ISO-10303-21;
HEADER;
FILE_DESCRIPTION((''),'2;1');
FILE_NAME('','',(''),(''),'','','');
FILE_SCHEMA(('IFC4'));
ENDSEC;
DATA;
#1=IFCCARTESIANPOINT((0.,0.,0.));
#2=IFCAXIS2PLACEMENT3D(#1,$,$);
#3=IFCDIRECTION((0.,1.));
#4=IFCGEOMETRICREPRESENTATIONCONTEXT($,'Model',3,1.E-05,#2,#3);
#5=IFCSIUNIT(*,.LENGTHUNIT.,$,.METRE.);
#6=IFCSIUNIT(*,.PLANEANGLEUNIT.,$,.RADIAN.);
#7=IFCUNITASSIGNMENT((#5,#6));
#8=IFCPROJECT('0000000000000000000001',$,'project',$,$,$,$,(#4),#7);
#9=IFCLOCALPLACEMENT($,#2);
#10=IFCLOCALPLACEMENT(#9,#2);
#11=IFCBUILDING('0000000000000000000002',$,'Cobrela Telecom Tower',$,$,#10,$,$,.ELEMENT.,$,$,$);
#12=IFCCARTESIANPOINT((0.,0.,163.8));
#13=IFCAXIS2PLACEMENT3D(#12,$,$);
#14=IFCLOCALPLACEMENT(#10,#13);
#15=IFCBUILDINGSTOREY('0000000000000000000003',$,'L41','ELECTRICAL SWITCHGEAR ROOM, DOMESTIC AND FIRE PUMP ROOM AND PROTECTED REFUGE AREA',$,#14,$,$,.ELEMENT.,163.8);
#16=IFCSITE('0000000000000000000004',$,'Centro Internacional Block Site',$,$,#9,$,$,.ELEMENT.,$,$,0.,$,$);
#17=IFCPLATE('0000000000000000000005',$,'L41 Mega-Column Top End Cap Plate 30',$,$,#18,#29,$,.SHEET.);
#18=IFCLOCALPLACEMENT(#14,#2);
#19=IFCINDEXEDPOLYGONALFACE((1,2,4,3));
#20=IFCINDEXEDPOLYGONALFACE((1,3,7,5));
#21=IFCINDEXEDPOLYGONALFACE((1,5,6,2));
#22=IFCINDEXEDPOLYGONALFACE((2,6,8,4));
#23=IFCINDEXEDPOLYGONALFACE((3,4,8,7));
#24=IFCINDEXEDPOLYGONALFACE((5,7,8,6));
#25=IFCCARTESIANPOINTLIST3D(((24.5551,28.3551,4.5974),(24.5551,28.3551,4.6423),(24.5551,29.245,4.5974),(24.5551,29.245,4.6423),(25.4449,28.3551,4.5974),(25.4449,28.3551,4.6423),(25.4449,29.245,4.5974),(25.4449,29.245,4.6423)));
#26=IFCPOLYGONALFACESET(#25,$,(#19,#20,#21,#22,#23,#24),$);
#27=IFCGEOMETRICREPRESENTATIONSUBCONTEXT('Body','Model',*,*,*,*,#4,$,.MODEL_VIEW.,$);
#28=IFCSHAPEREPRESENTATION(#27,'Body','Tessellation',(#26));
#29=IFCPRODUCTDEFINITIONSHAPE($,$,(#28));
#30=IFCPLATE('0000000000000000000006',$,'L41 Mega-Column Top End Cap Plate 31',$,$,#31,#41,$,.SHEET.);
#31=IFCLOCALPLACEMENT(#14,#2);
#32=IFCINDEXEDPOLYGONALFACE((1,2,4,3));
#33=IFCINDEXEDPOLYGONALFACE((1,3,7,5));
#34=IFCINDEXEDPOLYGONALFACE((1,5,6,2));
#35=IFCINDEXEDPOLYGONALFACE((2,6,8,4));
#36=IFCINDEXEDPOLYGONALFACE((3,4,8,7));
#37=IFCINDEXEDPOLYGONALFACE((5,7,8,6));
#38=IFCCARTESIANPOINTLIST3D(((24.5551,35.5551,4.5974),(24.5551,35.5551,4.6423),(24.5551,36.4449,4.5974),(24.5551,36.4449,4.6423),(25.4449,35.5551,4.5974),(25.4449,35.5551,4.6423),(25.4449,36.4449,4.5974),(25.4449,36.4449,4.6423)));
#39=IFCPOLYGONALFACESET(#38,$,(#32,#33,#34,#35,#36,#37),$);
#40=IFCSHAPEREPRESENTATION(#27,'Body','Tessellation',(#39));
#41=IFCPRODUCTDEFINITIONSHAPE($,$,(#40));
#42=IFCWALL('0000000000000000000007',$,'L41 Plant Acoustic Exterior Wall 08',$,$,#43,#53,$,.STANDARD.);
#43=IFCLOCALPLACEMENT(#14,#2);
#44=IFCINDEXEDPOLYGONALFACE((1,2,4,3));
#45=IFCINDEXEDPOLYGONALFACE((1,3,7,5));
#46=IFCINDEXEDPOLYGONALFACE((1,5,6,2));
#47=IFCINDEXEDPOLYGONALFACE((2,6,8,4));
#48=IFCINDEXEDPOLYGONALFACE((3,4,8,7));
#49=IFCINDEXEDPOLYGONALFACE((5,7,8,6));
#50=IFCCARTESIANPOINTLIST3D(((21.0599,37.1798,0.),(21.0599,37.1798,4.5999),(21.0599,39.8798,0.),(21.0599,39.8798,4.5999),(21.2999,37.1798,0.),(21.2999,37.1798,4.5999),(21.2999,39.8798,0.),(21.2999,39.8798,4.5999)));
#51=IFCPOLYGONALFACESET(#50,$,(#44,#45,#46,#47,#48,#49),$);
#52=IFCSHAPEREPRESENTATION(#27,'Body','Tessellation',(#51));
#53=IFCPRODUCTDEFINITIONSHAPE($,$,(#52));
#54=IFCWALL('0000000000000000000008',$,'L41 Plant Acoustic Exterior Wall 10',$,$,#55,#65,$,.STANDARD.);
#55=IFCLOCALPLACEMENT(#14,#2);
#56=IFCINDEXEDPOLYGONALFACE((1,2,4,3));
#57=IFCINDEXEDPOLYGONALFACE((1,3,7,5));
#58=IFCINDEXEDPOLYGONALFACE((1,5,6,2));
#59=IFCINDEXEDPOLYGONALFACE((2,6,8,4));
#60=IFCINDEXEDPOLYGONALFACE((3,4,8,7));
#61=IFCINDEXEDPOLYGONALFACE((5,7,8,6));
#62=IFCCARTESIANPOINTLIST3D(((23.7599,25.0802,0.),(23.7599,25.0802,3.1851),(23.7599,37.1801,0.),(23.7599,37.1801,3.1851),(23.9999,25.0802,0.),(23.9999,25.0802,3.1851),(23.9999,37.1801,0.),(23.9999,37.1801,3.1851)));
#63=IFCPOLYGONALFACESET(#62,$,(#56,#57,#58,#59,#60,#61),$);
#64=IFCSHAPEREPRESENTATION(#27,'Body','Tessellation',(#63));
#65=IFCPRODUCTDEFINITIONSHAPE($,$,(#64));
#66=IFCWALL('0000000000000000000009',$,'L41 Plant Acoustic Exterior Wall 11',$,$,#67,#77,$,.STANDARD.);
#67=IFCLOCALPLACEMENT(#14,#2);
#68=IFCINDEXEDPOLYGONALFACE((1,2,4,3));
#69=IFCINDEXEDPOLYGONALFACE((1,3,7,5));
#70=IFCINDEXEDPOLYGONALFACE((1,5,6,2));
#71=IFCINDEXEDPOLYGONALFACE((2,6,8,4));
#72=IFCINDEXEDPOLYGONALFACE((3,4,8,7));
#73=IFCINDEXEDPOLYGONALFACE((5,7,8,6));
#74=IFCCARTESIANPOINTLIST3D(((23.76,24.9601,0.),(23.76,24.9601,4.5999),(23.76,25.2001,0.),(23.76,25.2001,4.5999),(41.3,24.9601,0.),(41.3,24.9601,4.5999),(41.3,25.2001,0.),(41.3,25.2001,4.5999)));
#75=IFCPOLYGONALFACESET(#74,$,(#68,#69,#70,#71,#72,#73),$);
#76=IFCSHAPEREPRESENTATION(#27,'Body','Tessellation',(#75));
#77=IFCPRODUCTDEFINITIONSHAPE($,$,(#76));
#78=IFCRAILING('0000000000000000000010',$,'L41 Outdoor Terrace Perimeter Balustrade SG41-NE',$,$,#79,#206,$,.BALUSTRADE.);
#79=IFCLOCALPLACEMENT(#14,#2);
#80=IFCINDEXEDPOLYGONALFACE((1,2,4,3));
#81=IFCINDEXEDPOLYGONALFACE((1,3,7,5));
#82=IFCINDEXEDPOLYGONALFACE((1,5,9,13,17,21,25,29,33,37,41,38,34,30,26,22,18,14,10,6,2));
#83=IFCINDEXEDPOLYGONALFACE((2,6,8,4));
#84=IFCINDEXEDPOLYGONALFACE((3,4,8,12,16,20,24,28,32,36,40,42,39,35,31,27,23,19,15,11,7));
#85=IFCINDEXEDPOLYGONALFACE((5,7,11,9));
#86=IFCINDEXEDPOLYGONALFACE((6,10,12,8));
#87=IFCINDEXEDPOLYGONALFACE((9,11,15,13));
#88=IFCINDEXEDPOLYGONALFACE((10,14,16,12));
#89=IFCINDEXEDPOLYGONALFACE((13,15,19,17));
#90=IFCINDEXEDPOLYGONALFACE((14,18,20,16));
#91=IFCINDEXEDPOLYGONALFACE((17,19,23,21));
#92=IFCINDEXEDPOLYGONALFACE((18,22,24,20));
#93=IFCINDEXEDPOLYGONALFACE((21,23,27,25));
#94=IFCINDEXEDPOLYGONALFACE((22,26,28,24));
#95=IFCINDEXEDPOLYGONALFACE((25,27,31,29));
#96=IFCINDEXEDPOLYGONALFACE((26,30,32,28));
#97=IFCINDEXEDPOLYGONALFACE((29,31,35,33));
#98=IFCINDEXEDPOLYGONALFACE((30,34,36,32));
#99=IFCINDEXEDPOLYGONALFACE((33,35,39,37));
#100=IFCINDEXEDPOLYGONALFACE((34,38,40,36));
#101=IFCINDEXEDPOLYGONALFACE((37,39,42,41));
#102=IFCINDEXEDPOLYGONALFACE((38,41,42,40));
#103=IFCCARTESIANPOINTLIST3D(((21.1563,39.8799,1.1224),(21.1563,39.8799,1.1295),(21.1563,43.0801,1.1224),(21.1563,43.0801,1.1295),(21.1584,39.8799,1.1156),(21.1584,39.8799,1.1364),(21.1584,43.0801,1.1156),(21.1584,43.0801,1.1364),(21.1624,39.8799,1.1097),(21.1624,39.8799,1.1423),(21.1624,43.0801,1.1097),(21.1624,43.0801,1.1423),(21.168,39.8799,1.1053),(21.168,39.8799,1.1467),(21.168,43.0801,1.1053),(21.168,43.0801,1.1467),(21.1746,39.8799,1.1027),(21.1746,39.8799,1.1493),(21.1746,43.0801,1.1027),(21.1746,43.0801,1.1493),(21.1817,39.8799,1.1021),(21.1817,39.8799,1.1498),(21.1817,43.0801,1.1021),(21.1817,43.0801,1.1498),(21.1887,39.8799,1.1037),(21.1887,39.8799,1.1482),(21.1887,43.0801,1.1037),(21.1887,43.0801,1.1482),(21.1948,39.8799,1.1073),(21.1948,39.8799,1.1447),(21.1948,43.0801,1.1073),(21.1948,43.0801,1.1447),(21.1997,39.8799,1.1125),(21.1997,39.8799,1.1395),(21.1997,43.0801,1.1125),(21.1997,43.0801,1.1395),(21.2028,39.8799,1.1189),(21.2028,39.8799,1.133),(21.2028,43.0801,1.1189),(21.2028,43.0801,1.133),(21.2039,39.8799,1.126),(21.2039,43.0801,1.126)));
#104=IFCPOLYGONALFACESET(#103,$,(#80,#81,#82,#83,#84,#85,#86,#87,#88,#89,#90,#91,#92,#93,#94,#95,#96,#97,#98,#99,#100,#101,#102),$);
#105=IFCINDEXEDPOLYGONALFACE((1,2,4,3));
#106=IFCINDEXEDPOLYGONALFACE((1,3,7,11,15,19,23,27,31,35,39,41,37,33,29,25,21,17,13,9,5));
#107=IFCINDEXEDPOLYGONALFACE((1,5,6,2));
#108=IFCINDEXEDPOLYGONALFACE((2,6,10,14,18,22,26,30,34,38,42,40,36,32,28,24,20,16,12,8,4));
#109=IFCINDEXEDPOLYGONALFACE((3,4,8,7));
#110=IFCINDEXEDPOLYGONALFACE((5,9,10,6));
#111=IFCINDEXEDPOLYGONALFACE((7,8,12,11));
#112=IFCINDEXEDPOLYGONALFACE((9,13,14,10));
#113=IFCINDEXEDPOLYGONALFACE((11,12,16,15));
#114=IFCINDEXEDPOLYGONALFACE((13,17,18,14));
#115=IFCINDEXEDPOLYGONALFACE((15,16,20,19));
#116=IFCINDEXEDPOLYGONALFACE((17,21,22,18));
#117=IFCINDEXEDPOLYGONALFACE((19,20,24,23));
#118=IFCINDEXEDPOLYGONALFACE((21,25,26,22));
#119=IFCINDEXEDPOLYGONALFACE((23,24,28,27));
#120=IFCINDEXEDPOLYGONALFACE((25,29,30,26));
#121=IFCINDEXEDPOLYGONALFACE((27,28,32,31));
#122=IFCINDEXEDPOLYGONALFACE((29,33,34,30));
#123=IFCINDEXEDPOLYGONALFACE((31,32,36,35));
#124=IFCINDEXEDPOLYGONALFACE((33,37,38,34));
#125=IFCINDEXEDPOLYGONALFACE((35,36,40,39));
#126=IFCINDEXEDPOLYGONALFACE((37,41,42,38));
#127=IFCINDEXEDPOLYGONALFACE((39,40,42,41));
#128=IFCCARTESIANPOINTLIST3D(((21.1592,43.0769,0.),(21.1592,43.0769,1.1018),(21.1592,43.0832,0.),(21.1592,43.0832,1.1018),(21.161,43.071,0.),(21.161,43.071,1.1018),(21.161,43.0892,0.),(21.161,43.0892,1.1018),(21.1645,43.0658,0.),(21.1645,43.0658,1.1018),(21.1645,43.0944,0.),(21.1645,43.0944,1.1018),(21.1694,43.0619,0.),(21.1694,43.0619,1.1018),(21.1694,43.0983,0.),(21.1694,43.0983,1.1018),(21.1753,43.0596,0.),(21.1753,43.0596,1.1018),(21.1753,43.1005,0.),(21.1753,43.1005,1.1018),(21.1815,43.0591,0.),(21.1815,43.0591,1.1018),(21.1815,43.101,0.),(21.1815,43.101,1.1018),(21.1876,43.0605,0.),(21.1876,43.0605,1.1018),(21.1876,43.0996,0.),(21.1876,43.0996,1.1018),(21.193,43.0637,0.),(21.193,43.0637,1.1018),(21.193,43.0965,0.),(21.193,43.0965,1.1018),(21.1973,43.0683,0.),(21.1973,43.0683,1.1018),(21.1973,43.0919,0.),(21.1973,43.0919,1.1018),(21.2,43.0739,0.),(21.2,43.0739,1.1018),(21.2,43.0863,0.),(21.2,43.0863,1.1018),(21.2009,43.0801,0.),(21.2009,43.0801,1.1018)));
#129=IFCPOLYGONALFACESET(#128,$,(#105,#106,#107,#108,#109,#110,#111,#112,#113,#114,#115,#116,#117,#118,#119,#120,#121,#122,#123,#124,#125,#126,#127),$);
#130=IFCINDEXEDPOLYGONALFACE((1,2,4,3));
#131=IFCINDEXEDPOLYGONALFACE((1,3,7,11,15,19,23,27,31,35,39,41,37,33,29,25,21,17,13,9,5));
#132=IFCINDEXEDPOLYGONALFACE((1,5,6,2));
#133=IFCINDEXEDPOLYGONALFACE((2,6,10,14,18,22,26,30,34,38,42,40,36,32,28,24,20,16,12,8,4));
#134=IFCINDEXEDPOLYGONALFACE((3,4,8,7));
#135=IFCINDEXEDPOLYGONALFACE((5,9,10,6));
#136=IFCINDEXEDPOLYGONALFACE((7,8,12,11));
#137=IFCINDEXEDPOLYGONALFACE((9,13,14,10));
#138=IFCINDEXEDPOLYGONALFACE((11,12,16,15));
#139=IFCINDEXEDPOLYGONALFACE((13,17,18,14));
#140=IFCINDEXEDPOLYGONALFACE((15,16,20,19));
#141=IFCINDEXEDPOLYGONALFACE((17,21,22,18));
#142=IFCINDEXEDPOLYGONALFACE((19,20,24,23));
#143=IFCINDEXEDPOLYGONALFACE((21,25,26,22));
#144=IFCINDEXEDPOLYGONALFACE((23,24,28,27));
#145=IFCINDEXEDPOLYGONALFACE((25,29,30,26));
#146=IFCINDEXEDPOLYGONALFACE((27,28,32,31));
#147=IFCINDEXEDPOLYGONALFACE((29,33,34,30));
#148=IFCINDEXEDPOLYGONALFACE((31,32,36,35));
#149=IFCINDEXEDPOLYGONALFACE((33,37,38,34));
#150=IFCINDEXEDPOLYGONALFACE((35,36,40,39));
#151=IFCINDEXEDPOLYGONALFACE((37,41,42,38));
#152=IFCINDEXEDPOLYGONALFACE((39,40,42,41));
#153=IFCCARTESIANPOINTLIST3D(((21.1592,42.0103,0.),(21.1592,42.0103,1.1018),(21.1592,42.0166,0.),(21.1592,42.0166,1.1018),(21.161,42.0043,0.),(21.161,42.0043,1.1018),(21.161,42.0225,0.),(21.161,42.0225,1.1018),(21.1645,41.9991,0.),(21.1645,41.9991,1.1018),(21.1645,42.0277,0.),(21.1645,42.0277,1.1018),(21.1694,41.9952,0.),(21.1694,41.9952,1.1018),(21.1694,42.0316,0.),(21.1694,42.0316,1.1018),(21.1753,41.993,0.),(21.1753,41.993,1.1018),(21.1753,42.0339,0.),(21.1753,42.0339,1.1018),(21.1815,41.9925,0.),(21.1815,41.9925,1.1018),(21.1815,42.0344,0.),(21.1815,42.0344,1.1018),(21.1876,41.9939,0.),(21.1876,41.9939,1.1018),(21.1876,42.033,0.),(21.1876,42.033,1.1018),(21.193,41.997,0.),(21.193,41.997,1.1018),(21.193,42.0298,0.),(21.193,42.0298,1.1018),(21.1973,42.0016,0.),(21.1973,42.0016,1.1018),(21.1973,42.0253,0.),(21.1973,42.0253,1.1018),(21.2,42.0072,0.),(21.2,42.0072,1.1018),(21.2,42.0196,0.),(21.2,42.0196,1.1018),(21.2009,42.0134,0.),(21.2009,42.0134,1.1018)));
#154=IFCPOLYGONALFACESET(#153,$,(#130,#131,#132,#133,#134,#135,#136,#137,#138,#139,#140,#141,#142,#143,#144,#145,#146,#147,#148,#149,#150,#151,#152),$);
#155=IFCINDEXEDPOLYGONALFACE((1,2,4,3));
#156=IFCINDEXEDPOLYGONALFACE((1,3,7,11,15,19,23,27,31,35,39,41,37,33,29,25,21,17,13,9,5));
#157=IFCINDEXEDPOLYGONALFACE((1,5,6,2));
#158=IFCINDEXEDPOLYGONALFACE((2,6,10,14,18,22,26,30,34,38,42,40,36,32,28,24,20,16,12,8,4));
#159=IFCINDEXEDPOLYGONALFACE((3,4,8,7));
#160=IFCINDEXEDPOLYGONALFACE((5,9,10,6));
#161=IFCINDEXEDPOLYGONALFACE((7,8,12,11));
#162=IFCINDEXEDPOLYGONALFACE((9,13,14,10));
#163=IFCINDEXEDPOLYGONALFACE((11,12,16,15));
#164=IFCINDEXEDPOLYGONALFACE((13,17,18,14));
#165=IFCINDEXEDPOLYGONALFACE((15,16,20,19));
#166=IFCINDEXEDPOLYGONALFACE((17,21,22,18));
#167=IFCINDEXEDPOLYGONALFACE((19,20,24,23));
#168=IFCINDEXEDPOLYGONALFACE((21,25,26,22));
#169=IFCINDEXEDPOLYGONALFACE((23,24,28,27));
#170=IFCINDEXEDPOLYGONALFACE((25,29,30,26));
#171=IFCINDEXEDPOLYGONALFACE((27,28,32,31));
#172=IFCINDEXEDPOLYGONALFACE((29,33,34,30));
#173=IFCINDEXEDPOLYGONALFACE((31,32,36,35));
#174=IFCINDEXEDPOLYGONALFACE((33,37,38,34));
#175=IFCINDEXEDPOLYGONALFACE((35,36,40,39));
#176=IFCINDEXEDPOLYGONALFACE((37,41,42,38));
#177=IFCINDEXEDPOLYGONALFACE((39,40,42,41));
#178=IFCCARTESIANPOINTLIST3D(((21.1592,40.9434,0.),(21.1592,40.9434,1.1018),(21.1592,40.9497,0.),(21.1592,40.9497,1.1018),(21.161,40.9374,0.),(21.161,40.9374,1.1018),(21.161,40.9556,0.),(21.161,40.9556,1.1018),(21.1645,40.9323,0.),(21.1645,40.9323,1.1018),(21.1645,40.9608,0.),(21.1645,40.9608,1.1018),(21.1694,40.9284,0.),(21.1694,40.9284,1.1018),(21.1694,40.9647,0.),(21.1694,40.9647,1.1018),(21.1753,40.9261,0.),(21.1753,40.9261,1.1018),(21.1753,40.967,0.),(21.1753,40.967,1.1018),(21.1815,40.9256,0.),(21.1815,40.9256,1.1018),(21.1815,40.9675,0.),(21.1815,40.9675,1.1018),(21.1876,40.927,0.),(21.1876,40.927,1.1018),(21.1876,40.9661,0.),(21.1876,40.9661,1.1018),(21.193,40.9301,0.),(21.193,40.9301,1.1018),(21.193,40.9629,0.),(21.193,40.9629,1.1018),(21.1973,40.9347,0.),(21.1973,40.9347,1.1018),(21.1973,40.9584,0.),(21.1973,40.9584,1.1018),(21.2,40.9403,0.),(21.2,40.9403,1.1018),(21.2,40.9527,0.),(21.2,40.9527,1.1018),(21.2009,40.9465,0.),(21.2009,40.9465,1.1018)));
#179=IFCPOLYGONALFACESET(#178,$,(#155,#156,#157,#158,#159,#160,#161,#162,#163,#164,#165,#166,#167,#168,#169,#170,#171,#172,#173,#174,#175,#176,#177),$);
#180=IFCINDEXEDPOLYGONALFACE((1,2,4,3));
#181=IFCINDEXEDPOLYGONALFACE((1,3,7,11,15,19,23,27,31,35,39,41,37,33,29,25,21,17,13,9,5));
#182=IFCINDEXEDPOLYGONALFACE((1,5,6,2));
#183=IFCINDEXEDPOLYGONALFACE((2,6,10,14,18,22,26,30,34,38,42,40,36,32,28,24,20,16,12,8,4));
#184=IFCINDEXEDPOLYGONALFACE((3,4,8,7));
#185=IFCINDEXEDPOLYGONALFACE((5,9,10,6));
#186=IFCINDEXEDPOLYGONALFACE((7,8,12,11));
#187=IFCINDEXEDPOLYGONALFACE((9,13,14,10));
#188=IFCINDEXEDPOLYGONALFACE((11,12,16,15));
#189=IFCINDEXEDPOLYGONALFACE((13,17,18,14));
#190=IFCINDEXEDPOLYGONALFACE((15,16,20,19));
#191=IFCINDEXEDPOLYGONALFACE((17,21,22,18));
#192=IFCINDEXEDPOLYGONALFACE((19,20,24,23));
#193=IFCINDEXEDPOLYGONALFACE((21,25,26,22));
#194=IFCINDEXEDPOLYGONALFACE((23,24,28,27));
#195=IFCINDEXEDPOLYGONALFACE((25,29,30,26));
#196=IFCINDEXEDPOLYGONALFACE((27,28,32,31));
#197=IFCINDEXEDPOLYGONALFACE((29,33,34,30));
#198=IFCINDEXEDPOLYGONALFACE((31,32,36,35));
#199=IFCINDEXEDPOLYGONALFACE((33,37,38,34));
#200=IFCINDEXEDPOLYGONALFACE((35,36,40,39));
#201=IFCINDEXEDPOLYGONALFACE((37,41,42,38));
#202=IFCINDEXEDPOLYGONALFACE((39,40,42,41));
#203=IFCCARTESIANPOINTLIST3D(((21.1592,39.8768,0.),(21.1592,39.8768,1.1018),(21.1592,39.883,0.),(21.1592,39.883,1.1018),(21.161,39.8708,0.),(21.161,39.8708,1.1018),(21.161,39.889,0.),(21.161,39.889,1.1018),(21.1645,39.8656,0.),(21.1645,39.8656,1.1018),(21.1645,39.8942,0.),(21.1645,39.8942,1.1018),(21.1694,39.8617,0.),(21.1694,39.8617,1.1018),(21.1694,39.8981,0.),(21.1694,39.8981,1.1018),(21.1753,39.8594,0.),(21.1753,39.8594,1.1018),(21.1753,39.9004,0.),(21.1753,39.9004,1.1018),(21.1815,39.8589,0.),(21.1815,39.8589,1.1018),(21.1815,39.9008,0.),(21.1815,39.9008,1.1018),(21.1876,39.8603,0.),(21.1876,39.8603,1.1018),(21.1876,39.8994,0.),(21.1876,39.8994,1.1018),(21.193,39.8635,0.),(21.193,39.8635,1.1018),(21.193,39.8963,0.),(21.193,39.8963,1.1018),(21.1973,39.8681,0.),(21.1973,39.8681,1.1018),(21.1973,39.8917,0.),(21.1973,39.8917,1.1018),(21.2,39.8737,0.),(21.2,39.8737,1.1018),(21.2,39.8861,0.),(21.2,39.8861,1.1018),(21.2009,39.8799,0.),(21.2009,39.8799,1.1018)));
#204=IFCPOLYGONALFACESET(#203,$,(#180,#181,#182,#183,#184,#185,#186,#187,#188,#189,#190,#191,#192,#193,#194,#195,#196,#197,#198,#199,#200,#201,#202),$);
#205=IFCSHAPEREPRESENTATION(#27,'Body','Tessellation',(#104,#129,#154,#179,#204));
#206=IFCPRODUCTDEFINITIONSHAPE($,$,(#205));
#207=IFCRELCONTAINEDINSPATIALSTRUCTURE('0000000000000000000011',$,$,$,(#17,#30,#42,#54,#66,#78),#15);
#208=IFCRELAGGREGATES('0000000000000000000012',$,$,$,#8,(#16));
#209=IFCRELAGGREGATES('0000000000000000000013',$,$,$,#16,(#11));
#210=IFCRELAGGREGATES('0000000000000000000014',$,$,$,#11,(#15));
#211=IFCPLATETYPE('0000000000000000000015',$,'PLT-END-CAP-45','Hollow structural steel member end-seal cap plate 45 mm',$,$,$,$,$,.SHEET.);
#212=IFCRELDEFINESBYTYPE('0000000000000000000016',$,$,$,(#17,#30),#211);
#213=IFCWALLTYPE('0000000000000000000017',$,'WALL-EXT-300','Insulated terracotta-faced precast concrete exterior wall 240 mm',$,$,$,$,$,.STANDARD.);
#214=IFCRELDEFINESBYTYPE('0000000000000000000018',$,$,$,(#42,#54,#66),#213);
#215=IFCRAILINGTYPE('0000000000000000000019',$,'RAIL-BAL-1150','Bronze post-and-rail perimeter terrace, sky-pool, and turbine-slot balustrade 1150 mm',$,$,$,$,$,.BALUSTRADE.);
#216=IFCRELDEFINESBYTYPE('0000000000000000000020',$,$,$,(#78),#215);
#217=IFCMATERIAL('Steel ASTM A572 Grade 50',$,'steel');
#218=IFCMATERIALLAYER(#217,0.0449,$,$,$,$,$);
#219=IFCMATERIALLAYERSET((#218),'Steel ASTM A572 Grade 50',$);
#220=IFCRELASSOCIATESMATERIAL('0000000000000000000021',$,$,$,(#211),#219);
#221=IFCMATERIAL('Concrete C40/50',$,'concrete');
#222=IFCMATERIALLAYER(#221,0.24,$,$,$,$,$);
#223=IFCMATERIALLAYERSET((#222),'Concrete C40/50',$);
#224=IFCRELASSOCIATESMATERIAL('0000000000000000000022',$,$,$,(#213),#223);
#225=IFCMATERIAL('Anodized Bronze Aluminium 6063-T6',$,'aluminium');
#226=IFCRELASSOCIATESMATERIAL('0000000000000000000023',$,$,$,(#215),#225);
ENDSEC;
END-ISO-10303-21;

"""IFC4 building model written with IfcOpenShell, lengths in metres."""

from ifc_helpers import new_model, si_unit, direction, frame, frame_2d, origin, origin_2d, place, context, subcontext, project, spatial, rectangle, circle, extrude, material, layer, layer_set, type_object, element, save


model = new_model("IFC4")

# Units and contexts
model_context = context("Model", 3, precision=1e-05, world=origin(), true_north=direction((0.0, 1.0)))
body_context = subcontext(model_context, "Body", "Model", "MODEL_VIEW")
ifc_project = project(units=[si_unit("LENGTHUNIT", "METRE"), si_unit("PLANEANGLEUNIT", "RADIAN")], contexts=[model_context])

# Site, building, storey
site_placement = place(None, origin())
site = spatial("IfcSite", under=ifc_project, at=site_placement, Name="Centro Internacional Block Site", CompositionType="ELEMENT", RefElevation=0.0)
building_placement = place(site_placement, origin())
building = spatial("IfcBuilding", under=site, at=building_placement, Name="Cobrela Telecom Tower", CompositionType="ELEMENT")
storey_placement = place(building_placement, frame((0.0, 0.0, 163.8)))
storey = spatial("IfcBuildingStorey", under=building, at=storey_placement, Name="L41", Description="ELECTRICAL SWITCHGEAR ROOM, DOMESTIC AND FIRE PUMP ROOM AND PROTECTED REFUGE AREA", CompositionType="ELEMENT", Elevation=163.8)

# Shared definitions
ifc_material_1 = material(Name="Steel ASTM A572 Grade 50", Category="steel")

# Plates
ifc_layer_1 = layer(ifc_material_1, 0.0449)
ifc_layer_set_1 = layer_set([ifc_layer_1], Name="Steel ASTM A572 Grade 50")
plate_type = type_object("IfcPlateType", Name="PLT-END-CAP-45", Description="Hollow structural steel member end-seal cap plate 45 mm", PredefinedType="SHEET", material=ifc_layer_set_1)
for number, where, z_axis, x_axis, name in (
    (1, (25.0, 28.8, 4.5974), (0.0, 0.0, 1.0), (1.0, 0.0, 0.0), "L41 Mega-Column Top End Cap Plate 30"),
    (2, (25.0, 36.0, 4.5974), (0.0, 0.0, 1.0), (1.0, 0.0, 0.0), "L41 Mega-Column Top End Cap Plate 31"),
):
    element("IfcPlate", number, at=place(storey_placement, frame(where, z_axis=z_axis, x_axis=x_axis)), inside=storey, type_object=plate_type, Name=name, PredefinedType="SHEET", context=body_context, shape_type="SweptSolid", body=[
        extrude(rectangle(XDim=0.8899, YDim=0.8899, at=origin_2d()), origin(), (0.0, 0.0, 1.0), 0.0449),
    ])

# Walls
ifc_material_2 = material(Name="Concrete C40/50", Category="concrete")
ifc_layer_2 = layer(ifc_material_2, 0.24)
ifc_layer_set_2 = layer_set([ifc_layer_2], Name="Concrete C40/50")
wall_type = type_object("IfcWallType", Name="WALL-EXT-300", Description="Insulated terracotta-faced precast concrete exterior wall 240 mm", PredefinedType="STANDARD", material=ifc_layer_set_2)
wall_1_placement = place(storey_placement, frame((21.1799, 39.8799, 0.0), z_axis=(0.0, 0.0, 1.0), x_axis=(0.0, -1.0, 0.0)))
element("IfcWall", 3, at=wall_1_placement, inside=storey, type_object=wall_type, Name="L41 Plant Acoustic Exterior Wall 08", PredefinedType="STANDARD", context=body_context, shape_type="SweptSolid", body=[
    extrude(rectangle(XDim=2.7, YDim=0.24, at=frame_2d((1.3501, 0.0))), origin(), (0.0, 0.0, 1.0), 4.5999),
])
wall_2_placement = place(storey_placement, frame((23.8799, 37.1799, 0.0), z_axis=(0.0, 0.0, 1.0), x_axis=(0.0, -1.0, 0.0)))
element("IfcWall", 4, at=wall_2_placement, inside=storey, type_object=wall_type, Name="L41 Plant Acoustic Exterior Wall 10", PredefinedType="STANDARD", context=body_context, shape_type="SweptSolid", body=[
    extrude(rectangle(XDim=12.0999, YDim=0.24, at=frame_2d((6.0498, 0.0))), origin(), (0.0, 0.0, 1.0), 3.1851),
])
wall_3_placement = place(storey_placement, frame((23.76, 25.0801, 0.0), z_axis=(0.0, 0.0, 1.0), x_axis=(1.0, 0.0, 0.0)))
element("IfcWall", 5, at=wall_3_placement, inside=storey, type_object=wall_type, Name="L41 Plant Acoustic Exterior Wall 11", PredefinedType="STANDARD", context=body_context, shape_type="SweptSolid", body=[
    extrude(rectangle(XDim=17.54, YDim=0.24, at=frame_2d((8.77, 0.0))), origin(), (0.0, 0.0, 1.0), 4.5999),
])

# Railing
ifc_material_3 = material(Name="Anodized Bronze Aluminium 6063-T6", Category="aluminium")
railing_type = type_object("IfcRailingType", Name="RAIL-BAL-1150", Description="Bronze post-and-rail perimeter terrace, sky-pool, and turbine-slot balustrade 1150 mm", PredefinedType="BALUSTRADE", material=ifc_material_3)
railing_placement = place(storey_placement, frame((21.1799, 43.0801, 0.0)))
element("IfcRailing", 6, at=railing_placement, inside=storey, type_object=railing_type, Name="L41 Outdoor Terrace Perimeter Balustrade SG41-NE", PredefinedType="BALUSTRADE", context=body_context, shape_type="SweptSolid", body=[
    extrude(circle(Radius=0.0239, at=origin_2d()), frame((0.0, 0.0, 1.126), z_axis=(0.0, -1.0, 0.0), x_axis=(1.0, 0.0, 0.0)), (0.0, 0.0, 1.0), 3.2002),
    extrude(circle(Radius=0.021, at=origin_2d()), origin(), (0.0, 0.0, 1.0), 1.1018),
    extrude(circle(Radius=0.021, at=origin_2d()), frame((0.0, -1.0667, 0.0)), (0.0, 0.0, 1.0), 1.1018),
    extrude(circle(Radius=0.021, at=origin_2d()), frame((0.0, -2.1335, 0.0)), (0.0, 0.0, 1.0), 1.1018),
    extrude(circle(Radius=0.021, at=origin_2d()), frame((0.0, -3.2002, 0.0)), (0.0, 0.0, 1.0), 1.1018),
])

save(model, "model.ifc")
